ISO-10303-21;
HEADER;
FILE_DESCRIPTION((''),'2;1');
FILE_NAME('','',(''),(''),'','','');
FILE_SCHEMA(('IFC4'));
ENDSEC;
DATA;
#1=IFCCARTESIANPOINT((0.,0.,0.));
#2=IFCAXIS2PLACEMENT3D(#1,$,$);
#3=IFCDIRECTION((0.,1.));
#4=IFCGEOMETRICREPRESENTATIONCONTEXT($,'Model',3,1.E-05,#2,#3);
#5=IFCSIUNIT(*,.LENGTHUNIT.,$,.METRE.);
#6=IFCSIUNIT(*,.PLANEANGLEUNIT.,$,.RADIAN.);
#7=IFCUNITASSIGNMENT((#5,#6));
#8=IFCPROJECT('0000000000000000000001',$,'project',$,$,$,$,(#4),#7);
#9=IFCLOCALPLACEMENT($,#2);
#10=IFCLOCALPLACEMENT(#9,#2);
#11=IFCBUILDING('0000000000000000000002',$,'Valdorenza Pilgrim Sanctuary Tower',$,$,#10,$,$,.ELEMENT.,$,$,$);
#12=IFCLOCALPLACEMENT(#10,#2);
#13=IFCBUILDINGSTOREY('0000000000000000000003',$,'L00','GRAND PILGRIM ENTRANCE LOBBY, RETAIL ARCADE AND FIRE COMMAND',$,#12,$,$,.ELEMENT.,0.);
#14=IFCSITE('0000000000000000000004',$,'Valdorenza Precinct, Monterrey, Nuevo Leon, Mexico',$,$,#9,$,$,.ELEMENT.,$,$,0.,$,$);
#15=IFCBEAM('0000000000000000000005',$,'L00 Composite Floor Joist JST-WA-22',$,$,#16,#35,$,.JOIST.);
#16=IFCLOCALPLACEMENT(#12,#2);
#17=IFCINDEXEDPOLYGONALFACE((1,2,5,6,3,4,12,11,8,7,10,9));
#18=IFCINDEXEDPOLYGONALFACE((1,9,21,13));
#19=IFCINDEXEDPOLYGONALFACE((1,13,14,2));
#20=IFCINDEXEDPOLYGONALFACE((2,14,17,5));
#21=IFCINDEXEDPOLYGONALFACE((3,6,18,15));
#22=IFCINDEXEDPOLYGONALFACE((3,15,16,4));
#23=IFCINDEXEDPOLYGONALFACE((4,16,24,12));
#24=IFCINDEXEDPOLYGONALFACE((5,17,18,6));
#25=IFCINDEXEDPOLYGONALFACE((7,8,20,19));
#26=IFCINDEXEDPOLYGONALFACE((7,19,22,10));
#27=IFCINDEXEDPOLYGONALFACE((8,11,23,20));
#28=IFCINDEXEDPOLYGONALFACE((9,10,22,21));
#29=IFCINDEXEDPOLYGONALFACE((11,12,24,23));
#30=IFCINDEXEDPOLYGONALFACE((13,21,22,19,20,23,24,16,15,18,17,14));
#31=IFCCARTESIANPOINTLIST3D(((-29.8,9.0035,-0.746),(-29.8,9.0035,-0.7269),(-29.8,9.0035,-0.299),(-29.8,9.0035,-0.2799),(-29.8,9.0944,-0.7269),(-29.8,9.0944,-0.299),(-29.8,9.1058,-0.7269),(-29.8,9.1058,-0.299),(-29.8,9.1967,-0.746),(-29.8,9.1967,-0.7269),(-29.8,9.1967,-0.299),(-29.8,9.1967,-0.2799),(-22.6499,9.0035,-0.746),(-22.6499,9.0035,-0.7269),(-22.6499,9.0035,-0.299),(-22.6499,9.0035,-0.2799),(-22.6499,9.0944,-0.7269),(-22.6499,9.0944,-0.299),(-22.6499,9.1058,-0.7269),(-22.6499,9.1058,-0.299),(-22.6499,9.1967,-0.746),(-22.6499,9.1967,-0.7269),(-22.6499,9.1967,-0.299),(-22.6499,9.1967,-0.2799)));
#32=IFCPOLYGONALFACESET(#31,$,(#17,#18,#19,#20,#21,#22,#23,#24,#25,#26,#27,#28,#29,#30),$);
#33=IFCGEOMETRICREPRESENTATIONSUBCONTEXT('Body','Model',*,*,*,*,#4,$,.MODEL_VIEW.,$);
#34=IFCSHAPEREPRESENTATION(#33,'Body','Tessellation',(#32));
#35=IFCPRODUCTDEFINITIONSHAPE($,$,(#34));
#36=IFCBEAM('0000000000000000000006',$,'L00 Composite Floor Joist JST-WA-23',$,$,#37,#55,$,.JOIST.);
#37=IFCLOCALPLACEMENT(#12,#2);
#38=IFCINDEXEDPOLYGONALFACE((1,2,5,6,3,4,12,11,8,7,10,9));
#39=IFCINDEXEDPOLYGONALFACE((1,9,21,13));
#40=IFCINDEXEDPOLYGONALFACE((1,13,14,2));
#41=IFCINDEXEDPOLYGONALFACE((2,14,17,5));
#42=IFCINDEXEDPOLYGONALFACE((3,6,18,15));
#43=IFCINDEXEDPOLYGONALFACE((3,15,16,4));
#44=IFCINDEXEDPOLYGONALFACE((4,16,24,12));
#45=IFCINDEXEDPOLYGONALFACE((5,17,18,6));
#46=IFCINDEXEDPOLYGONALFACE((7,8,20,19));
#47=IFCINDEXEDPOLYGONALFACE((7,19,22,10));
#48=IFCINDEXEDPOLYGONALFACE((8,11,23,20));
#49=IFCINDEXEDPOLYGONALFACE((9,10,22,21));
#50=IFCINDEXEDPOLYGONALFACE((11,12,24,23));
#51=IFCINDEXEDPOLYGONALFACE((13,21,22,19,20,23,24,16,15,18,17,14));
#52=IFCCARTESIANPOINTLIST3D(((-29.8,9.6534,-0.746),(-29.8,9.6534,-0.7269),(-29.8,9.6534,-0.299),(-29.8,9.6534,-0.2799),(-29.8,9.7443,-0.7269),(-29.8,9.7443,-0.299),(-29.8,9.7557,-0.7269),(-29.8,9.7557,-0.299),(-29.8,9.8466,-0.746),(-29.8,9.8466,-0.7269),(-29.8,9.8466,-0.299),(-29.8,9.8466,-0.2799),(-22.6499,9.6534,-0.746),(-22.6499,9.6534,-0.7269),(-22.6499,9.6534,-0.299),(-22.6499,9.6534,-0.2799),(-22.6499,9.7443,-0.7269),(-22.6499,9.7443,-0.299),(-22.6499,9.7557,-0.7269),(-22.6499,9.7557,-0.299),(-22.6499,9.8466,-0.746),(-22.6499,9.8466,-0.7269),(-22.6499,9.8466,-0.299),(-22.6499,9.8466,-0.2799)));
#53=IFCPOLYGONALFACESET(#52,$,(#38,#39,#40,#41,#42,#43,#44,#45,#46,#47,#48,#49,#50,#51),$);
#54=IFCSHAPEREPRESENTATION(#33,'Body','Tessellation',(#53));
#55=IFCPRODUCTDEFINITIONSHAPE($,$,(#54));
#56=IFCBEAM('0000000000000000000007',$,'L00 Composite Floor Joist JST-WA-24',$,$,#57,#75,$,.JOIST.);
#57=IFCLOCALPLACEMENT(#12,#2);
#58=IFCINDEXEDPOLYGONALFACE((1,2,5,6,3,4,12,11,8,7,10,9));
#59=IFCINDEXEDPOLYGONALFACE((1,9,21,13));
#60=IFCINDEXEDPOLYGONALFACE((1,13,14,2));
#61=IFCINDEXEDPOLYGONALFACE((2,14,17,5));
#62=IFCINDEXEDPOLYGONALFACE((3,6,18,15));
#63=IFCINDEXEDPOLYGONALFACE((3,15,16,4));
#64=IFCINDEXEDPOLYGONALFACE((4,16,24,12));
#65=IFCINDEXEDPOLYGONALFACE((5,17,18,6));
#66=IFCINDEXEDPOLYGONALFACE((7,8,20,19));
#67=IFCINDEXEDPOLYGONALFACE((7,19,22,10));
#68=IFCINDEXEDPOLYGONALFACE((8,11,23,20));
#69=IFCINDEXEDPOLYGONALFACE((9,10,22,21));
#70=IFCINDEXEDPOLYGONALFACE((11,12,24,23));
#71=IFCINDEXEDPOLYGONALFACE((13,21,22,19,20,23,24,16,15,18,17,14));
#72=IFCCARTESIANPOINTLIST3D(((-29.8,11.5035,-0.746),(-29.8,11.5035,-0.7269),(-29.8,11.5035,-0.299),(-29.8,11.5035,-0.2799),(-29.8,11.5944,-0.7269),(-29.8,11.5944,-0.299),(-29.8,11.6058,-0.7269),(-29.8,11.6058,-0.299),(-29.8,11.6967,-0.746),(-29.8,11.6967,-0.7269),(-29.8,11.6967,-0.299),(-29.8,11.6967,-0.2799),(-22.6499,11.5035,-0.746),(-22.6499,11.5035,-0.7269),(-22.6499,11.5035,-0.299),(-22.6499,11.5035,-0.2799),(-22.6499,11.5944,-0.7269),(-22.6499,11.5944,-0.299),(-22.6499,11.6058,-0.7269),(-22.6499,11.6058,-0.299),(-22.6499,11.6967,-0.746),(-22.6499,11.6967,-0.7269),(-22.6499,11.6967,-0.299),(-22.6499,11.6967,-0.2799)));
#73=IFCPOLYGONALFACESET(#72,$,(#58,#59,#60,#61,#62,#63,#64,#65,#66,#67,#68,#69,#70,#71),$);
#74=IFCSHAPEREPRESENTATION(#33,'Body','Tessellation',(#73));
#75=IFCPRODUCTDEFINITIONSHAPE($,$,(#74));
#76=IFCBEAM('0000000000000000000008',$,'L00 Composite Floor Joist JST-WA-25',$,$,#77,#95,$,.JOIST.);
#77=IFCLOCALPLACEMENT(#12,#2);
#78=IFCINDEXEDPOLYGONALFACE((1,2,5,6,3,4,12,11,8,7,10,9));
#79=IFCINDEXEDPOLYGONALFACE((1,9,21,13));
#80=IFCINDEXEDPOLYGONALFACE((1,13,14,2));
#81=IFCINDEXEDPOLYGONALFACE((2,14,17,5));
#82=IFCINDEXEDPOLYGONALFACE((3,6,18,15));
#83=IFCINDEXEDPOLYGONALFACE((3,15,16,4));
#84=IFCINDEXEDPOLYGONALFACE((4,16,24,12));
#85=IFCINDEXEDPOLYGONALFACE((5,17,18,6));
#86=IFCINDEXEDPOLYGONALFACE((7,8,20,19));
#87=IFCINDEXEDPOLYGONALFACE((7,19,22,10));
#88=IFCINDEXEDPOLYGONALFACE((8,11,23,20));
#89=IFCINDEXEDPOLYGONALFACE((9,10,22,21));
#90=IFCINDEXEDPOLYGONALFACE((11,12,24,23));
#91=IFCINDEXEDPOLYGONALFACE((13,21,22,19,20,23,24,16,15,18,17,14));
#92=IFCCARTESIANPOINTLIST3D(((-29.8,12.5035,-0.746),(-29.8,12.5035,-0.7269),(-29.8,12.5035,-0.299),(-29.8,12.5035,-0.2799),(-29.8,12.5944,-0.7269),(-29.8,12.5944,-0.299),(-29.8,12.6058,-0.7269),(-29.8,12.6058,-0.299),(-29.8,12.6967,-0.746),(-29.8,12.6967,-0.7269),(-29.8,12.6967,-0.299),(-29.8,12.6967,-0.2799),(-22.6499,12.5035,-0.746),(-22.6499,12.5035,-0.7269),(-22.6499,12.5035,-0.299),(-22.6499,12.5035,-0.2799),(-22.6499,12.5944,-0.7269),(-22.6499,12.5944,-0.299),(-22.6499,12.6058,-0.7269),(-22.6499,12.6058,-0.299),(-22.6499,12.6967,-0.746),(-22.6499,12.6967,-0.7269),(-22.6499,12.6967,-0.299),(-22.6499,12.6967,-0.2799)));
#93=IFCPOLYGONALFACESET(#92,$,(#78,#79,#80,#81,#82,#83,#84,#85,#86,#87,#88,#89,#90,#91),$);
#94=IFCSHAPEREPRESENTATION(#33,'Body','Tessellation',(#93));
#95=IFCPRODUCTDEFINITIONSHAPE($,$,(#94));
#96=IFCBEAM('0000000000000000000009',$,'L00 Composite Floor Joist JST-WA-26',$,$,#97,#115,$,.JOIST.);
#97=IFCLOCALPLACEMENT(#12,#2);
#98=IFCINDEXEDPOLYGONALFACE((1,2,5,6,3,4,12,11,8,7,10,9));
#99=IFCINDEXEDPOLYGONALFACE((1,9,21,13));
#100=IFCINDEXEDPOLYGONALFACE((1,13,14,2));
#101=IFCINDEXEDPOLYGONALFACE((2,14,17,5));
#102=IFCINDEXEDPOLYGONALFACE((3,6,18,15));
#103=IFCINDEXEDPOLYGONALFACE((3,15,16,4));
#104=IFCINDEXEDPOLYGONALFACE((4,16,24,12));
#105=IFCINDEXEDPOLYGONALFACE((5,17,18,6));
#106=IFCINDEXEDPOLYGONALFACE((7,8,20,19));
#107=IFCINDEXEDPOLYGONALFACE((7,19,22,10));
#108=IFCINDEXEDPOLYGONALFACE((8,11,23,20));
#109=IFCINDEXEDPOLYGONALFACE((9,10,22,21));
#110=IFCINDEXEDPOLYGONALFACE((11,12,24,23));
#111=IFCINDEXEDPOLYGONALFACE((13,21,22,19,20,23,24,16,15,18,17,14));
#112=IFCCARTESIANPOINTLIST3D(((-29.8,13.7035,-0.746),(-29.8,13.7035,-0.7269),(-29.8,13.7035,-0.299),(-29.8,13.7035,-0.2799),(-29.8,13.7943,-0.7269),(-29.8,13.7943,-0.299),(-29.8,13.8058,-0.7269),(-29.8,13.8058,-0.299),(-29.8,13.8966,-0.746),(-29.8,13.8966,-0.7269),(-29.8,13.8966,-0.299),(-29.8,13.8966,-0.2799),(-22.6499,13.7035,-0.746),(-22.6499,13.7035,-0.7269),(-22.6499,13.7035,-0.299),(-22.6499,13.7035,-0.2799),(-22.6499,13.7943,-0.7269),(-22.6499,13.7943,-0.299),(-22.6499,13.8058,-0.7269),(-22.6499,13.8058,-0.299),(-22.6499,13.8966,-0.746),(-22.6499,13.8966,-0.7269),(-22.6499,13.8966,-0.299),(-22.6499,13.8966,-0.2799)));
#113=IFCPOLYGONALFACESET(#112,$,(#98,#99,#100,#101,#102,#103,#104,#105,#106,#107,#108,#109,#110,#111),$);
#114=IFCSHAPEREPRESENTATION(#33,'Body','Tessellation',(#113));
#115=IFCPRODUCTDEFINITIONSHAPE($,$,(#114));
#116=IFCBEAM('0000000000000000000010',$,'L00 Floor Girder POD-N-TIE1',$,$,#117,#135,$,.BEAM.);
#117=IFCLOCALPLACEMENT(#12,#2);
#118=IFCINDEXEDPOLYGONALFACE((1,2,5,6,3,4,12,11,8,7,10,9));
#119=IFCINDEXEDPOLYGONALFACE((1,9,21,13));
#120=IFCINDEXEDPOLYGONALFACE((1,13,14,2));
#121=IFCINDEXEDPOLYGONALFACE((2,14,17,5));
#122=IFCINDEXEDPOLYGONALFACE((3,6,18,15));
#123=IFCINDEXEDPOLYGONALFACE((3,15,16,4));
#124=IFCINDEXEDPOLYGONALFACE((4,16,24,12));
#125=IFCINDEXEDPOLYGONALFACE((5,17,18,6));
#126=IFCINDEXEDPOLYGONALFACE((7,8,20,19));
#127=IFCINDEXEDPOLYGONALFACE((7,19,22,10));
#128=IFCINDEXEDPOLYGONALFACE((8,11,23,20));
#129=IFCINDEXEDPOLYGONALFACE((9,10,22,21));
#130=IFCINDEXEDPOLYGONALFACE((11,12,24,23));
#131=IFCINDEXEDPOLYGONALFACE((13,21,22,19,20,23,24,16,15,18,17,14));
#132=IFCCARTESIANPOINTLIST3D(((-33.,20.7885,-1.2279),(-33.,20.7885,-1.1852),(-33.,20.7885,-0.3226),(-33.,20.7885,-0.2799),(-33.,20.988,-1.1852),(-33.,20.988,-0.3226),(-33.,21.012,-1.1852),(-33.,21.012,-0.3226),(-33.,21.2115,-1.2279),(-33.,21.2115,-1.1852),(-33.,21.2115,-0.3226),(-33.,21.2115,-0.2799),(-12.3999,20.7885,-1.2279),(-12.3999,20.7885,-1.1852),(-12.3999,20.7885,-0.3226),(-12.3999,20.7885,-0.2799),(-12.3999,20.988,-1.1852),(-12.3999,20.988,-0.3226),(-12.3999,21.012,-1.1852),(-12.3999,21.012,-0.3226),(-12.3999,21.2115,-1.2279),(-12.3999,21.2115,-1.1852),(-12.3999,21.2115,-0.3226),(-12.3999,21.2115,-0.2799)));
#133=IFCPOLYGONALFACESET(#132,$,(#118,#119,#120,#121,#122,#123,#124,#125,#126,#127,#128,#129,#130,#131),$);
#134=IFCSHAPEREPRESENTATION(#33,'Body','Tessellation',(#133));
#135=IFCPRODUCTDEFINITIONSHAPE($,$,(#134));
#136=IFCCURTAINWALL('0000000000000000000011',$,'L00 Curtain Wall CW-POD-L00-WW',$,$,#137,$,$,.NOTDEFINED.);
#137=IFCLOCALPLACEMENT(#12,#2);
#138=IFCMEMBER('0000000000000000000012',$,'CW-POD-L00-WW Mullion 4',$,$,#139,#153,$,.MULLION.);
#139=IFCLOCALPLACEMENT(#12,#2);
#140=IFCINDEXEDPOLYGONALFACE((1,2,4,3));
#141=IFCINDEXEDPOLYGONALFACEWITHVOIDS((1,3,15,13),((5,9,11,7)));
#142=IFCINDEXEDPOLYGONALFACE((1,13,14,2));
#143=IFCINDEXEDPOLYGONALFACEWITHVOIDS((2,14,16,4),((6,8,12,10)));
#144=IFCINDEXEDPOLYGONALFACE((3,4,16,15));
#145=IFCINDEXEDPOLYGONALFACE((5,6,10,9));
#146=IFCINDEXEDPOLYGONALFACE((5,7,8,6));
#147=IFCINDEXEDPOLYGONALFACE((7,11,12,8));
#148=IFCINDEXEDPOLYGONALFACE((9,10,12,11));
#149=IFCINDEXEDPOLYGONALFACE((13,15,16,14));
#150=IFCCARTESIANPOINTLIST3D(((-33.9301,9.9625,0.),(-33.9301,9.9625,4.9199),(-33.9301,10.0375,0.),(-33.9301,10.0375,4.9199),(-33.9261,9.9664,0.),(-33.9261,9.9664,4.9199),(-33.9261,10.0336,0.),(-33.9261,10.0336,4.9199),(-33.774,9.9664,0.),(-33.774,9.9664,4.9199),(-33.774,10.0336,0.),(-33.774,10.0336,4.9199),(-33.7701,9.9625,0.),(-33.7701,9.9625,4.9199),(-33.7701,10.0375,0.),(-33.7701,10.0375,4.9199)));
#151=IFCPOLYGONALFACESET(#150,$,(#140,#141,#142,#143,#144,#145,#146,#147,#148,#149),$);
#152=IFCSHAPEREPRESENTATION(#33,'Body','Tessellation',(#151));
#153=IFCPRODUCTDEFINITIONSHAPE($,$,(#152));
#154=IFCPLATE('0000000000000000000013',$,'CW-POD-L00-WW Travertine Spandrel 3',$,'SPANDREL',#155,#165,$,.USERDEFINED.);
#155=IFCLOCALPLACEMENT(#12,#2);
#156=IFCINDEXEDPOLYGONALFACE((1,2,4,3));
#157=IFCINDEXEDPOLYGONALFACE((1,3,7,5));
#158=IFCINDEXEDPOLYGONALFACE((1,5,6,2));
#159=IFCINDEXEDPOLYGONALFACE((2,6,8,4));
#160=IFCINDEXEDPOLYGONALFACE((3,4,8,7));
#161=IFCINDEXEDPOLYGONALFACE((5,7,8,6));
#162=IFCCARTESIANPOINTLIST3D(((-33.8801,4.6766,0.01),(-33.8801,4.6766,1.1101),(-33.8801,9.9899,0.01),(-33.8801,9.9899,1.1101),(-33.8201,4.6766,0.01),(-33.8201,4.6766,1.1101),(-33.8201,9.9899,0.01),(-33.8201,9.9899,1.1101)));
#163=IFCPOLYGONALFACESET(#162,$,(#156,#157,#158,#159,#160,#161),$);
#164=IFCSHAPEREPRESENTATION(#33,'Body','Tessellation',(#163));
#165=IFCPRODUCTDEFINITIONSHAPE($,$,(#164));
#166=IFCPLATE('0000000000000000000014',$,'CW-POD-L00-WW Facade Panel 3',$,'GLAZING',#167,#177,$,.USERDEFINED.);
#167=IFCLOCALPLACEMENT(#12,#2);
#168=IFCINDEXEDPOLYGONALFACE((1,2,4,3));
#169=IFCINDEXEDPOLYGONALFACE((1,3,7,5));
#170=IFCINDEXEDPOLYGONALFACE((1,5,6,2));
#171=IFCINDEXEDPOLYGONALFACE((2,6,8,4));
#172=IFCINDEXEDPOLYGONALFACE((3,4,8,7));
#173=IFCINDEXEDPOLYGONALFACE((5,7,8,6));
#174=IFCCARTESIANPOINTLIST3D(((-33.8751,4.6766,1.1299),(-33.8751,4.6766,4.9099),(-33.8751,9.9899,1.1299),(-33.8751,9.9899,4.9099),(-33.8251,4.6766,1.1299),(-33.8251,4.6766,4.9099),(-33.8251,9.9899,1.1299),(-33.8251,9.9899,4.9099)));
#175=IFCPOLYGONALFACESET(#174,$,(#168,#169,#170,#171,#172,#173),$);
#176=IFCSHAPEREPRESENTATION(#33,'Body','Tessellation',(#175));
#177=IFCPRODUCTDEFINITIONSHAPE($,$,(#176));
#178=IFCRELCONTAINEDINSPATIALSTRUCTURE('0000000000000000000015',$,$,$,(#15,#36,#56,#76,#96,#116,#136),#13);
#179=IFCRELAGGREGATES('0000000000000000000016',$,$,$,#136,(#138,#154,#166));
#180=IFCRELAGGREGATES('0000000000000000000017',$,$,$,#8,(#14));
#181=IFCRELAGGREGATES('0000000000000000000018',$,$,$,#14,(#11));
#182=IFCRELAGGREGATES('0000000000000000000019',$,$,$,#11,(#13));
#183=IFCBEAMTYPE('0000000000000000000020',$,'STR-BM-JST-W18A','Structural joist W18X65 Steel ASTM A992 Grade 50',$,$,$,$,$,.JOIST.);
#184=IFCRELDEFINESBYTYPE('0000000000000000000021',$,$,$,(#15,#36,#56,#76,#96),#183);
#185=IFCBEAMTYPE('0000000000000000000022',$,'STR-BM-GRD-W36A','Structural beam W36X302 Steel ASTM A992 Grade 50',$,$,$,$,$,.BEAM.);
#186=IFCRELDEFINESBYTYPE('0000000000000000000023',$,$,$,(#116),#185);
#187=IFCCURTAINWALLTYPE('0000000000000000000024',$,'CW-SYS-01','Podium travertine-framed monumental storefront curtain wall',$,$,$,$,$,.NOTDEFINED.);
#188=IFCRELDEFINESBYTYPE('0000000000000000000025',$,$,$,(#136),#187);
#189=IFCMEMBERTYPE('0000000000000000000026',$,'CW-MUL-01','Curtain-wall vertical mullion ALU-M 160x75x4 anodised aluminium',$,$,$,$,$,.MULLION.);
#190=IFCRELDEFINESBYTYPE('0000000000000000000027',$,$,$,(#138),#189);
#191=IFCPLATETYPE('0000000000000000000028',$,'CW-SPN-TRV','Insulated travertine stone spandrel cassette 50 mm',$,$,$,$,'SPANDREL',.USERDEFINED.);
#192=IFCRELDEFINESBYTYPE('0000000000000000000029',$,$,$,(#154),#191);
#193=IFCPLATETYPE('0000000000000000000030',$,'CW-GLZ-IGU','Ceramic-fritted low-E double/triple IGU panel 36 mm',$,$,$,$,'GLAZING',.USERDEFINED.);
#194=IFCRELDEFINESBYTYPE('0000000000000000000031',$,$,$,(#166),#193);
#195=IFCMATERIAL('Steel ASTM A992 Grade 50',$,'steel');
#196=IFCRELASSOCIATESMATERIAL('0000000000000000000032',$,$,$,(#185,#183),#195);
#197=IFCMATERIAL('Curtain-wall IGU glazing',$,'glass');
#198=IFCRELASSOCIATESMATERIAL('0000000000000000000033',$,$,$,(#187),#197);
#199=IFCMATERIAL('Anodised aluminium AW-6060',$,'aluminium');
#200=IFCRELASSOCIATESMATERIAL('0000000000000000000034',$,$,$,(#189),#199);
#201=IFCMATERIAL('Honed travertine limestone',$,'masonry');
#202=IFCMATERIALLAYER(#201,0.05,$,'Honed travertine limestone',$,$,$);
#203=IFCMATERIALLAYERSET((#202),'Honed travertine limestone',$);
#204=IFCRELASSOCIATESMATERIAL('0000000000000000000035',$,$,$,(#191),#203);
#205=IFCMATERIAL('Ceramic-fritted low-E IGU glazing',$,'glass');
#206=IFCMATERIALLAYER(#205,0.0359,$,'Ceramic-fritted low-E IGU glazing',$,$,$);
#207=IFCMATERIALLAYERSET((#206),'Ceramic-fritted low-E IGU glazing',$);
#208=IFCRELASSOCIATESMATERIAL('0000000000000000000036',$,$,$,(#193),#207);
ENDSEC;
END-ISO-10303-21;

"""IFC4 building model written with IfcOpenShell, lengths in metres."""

from ifc_helpers import new_model, si_unit, direction, frame, origin, origin_2d, place, context, subcontext, project, spatial, rectangle, hollow_rectangle, i_section, extrude, source, transform, mapped, material, layer, layer_set, material_profile, profile_set, type_object, element, aggregate, save


model = new_model("IFC4")

# Units and contexts
model_context = context("Model", 3, precision=1e-05, world=origin(), true_north=direction((0.0, 1.0)))
body_context = subcontext(model_context, "Body", "Model", "MODEL_VIEW")
ifc_project = project(units=[si_unit("LENGTHUNIT", "METRE"), si_unit("PLANEANGLEUNIT", "RADIAN")], contexts=[model_context])

# Site, building, storey
site_placement = place(None, origin())
site = spatial("IfcSite", under=ifc_project, at=site_placement, Name="Valdorenza Precinct, Monterrey, Nuevo Leon, Mexico", CompositionType="ELEMENT", RefElevation=0.0)
building_placement = place(site_placement, origin())
building = spatial("IfcBuilding", under=site, at=building_placement, Name="Valdorenza Pilgrim Sanctuary Tower", CompositionType="ELEMENT")
storey_placement = place(building_placement, origin())
storey = spatial("IfcBuildingStorey", under=building, at=storey_placement, Name="L00", Description="GRAND PILGRIM ENTRANCE LOBBY, RETAIL ARCADE AND FIRE COMMAND", CompositionType="ELEMENT", Elevation=0.0)

# Beams
ifc_material_1 = material(Name="Steel ASTM A992 Grade 50", Category="steel")
ifc_material_profile_1 = material_profile(ifc_material_1, i_section(OverallWidth=0.4231, OverallDepth=0.948, WebThickness=0.0239, FlangeThickness=0.0427, at=origin_2d()), Name="W36X302")
ifc_profile_set_1 = profile_set([ifc_material_profile_1], Name="Steel ASTM A992 Grade 50")
beam_type_1 = type_object("IfcBeamType", Name="STR-BM-GRD-W36A", Description="Structural beam W36X302 Steel ASTM A992 Grade 50", PredefinedType="BEAM", material=ifc_profile_set_1)
ifc_material_profile_2 = material_profile(ifc_material_1, i_section(OverallWidth=0.1931, OverallDepth=0.4661, WebThickness=0.0115, FlangeThickness=0.019, at=origin_2d()), Name="W18X65")
ifc_profile_set_2 = profile_set([ifc_material_profile_2], Name="Steel ASTM A992 Grade 50")
beam_type_2 = type_object("IfcBeamType", Name="STR-BM-JST-W18A", Description="Structural joist W18X65 Steel ASTM A992 Grade 50", PredefinedType="JOIST", material=ifc_profile_set_2)
shared_shape_1 = source(origin(), body_context, "Body", "SweptSolid", [
    extrude(i_section(OverallWidth=0.1931, OverallDepth=0.4661, WebThickness=0.0115, FlangeThickness=0.019, at=origin_2d()), origin(), (0.0, 0.0, 1.0), 7.1501),
])
for number, where, z_axis, x_axis, name in (
    (1, (-29.8, 9.1001, -0.5129), (1.0, 0.0, 0.0), (0.0, 1.0, 0.0), "L00 Composite Floor Joist JST-WA-22"),
    (2, (-29.8, 9.75, -0.5129), (1.0, 0.0, 0.0), (0.0, 1.0, 0.0), "L00 Composite Floor Joist JST-WA-23"),
    (3, (-29.8, 11.6001, -0.5129), (1.0, 0.0, 0.0), (0.0, 1.0, 0.0), "L00 Composite Floor Joist JST-WA-24"),
    (4, (-29.8, 12.6001, -0.5129), (1.0, 0.0, 0.0), (0.0, 1.0, 0.0), "L00 Composite Floor Joist JST-WA-25"),
    (5, (-29.8, 13.8, -0.5129), (1.0, 0.0, 0.0), (0.0, 1.0, 0.0), "L00 Composite Floor Joist JST-WA-26"),
):
    element("IfcBeam", number, at=place(storey_placement, frame(where, z_axis=z_axis, x_axis=x_axis)), inside=storey, type_object=beam_type_2, Name=name, PredefinedType="JOIST", context=body_context, shape_type="MappedRepresentation", body=[
        mapped(shared_shape_1, transform((0.0, 0.0, 0.0), x_axis=(1.0, 0.0, 0.0), y_axis=(0.0, 1.0, 0.0), z_axis=(0.0, 0.0, 1.0), scale=1.0)),
    ])
shared_shape_2 = source(origin(), body_context, "Body", "SweptSolid", [
    extrude(i_section(OverallWidth=0.4231, OverallDepth=0.948, WebThickness=0.0239, FlangeThickness=0.0427, at=origin_2d()), origin(), (0.0, 0.0, 1.0), 20.6001),
])
beam_1_placement = place(storey_placement, frame((-33.0, 21.0, -0.7539), z_axis=(1.0, 0.0, 0.0), x_axis=(0.0, 1.0, 0.0)))
element("IfcBeam", 6, at=beam_1_placement, inside=storey, type_object=beam_type_1, Name="L00 Floor Girder POD-N-TIE1", PredefinedType="BEAM", context=body_context, shape_type="MappedRepresentation", body=[
    mapped(shared_shape_2, transform((0.0, 0.0, 0.0), x_axis=(1.0, 0.0, 0.0), y_axis=(0.0, 1.0, 0.0), z_axis=(0.0, 0.0, 1.0), scale=1.0)),
])

# Curtain wall, member, plates
ifc_material_2 = material(Name="Curtain-wall IGU glazing", Category="glass")
curtain_wall_type = type_object("IfcCurtainWallType", Name="CW-SYS-01", Description="Podium travertine-framed monumental storefront curtain wall", PredefinedType="NOTDEFINED", material=ifc_material_2)
curtain_wall_placement = place(storey_placement, origin())
curtain_wall = element("IfcCurtainWall", 7, at=curtain_wall_placement, inside=storey, type_object=curtain_wall_type, Name="L00 Curtain Wall CW-POD-L00-WW", PredefinedType="NOTDEFINED")
ifc_material_3 = material(Name="Anodised aluminium AW-6060", Category="aluminium")
ifc_material_profile_3 = material_profile(ifc_material_3, hollow_rectangle(XDim=0.075, YDim=0.1599, WallThickness=0.0039, at=origin_2d()), Name="ALU-M 160x75x4")
ifc_profile_set_3 = profile_set([ifc_material_profile_3], Name="Anodised aluminium AW-6060")
member_type = type_object("IfcMemberType", Name="CW-MUL-01", Description="Curtain-wall vertical mullion ALU-M 160x75x4 anodised aluminium", PredefinedType="MULLION", material=ifc_profile_set_3)
shared_shape_3 = source(origin(), body_context, "Body", "SweptSolid", [
    extrude(hollow_rectangle(XDim=0.075, YDim=0.1599, WallThickness=0.0039, at=origin_2d()), origin(), (0.0, 0.0, 1.0), 4.9199),
])
member_placement = place(storey_placement, frame((-33.8501, 10.0, 0.0), z_axis=(0.0, 0.0, 1.0), x_axis=(0.0, 1.0, 0.0)))
member = element("IfcMember", 8, at=member_placement, type_object=member_type, Name="CW-POD-L00-WW Mullion 4", PredefinedType="MULLION", context=body_context, shape_type="MappedRepresentation", body=[
    mapped(shared_shape_3, transform((0.0, 0.0, 0.0), x_axis=(1.0, 0.0, 0.0), y_axis=(0.0, 1.0, 0.0), z_axis=(0.0, 0.0, 1.0), scale=1.0)),
])
ifc_material_4 = material(Name="Honed travertine limestone", Category="masonry")
ifc_layer_1 = layer(ifc_material_4, 0.05, Name="Honed travertine limestone")
ifc_layer_set_1 = layer_set([ifc_layer_1], Name="Honed travertine limestone")
plate_type_1 = type_object("IfcPlateType", Name="CW-SPN-TRV", Description="Insulated travertine stone spandrel cassette 50 mm", ElementType="SPANDREL", PredefinedType="USERDEFINED", material=ifc_layer_set_1)
shared_shape_4 = source(origin(), body_context, "Body", "SweptSolid", [
    extrude(rectangle(XDim=5.3132, YDim=0.0601, at=origin_2d()), origin(), (0.0, 0.0, 1.0), 1.1001),
])
plate_1_placement = place(storey_placement, frame((-33.8501, 7.3333, 0.01), z_axis=(0.0, 0.0, 1.0), x_axis=(0.0, 1.0, 0.0)))
plate_1 = element("IfcPlate", 9, at=plate_1_placement, type_object=plate_type_1, Name="CW-POD-L00-WW Travertine Spandrel 3", ObjectType="SPANDREL", PredefinedType="USERDEFINED", context=body_context, shape_type="MappedRepresentation", body=[
    mapped(shared_shape_4, transform((0.0, 0.0, 0.0), x_axis=(1.0, 0.0, 0.0), y_axis=(0.0, 1.0, 0.0), z_axis=(0.0, 0.0, 1.0), scale=1.0)),
])
ifc_material_5 = material(Name="Ceramic-fritted low-E IGU glazing", Category="glass")
ifc_layer_2 = layer(ifc_material_5, 0.0359, Name="Ceramic-fritted low-E IGU glazing")
ifc_layer_set_2 = layer_set([ifc_layer_2], Name="Ceramic-fritted low-E IGU glazing")
plate_type_2 = type_object("IfcPlateType", Name="CW-GLZ-IGU", Description="Ceramic-fritted low-E double/triple IGU panel 36 mm", ElementType="GLAZING", PredefinedType="USERDEFINED", material=ifc_layer_set_2)
shared_shape_5 = source(origin(), body_context, "Body", "SweptSolid", [
    extrude(rectangle(XDim=5.3132, YDim=0.05, at=origin_2d()), origin(), (0.0, 0.0, 1.0), 3.78),
])
plate_2_placement = place(storey_placement, frame((-33.8501, 7.3333, 1.1299), z_axis=(0.0, 0.0, 1.0), x_axis=(0.0, 1.0, 0.0)))
plate_2 = element("IfcPlate", 10, at=plate_2_placement, type_object=plate_type_2, Name="CW-POD-L00-WW Facade Panel 3", ObjectType="GLAZING", PredefinedType="USERDEFINED", context=body_context, shape_type="MappedRepresentation", body=[
    mapped(shared_shape_5, transform((0.0, 0.0, 0.0), x_axis=(1.0, 0.0, 0.0), y_axis=(0.0, 1.0, 0.0), z_axis=(0.0, 0.0, 1.0), scale=1.0)),
])
aggregate(curtain_wall, [member, plate_1, plate_2])

save(model, "model.ifc")
